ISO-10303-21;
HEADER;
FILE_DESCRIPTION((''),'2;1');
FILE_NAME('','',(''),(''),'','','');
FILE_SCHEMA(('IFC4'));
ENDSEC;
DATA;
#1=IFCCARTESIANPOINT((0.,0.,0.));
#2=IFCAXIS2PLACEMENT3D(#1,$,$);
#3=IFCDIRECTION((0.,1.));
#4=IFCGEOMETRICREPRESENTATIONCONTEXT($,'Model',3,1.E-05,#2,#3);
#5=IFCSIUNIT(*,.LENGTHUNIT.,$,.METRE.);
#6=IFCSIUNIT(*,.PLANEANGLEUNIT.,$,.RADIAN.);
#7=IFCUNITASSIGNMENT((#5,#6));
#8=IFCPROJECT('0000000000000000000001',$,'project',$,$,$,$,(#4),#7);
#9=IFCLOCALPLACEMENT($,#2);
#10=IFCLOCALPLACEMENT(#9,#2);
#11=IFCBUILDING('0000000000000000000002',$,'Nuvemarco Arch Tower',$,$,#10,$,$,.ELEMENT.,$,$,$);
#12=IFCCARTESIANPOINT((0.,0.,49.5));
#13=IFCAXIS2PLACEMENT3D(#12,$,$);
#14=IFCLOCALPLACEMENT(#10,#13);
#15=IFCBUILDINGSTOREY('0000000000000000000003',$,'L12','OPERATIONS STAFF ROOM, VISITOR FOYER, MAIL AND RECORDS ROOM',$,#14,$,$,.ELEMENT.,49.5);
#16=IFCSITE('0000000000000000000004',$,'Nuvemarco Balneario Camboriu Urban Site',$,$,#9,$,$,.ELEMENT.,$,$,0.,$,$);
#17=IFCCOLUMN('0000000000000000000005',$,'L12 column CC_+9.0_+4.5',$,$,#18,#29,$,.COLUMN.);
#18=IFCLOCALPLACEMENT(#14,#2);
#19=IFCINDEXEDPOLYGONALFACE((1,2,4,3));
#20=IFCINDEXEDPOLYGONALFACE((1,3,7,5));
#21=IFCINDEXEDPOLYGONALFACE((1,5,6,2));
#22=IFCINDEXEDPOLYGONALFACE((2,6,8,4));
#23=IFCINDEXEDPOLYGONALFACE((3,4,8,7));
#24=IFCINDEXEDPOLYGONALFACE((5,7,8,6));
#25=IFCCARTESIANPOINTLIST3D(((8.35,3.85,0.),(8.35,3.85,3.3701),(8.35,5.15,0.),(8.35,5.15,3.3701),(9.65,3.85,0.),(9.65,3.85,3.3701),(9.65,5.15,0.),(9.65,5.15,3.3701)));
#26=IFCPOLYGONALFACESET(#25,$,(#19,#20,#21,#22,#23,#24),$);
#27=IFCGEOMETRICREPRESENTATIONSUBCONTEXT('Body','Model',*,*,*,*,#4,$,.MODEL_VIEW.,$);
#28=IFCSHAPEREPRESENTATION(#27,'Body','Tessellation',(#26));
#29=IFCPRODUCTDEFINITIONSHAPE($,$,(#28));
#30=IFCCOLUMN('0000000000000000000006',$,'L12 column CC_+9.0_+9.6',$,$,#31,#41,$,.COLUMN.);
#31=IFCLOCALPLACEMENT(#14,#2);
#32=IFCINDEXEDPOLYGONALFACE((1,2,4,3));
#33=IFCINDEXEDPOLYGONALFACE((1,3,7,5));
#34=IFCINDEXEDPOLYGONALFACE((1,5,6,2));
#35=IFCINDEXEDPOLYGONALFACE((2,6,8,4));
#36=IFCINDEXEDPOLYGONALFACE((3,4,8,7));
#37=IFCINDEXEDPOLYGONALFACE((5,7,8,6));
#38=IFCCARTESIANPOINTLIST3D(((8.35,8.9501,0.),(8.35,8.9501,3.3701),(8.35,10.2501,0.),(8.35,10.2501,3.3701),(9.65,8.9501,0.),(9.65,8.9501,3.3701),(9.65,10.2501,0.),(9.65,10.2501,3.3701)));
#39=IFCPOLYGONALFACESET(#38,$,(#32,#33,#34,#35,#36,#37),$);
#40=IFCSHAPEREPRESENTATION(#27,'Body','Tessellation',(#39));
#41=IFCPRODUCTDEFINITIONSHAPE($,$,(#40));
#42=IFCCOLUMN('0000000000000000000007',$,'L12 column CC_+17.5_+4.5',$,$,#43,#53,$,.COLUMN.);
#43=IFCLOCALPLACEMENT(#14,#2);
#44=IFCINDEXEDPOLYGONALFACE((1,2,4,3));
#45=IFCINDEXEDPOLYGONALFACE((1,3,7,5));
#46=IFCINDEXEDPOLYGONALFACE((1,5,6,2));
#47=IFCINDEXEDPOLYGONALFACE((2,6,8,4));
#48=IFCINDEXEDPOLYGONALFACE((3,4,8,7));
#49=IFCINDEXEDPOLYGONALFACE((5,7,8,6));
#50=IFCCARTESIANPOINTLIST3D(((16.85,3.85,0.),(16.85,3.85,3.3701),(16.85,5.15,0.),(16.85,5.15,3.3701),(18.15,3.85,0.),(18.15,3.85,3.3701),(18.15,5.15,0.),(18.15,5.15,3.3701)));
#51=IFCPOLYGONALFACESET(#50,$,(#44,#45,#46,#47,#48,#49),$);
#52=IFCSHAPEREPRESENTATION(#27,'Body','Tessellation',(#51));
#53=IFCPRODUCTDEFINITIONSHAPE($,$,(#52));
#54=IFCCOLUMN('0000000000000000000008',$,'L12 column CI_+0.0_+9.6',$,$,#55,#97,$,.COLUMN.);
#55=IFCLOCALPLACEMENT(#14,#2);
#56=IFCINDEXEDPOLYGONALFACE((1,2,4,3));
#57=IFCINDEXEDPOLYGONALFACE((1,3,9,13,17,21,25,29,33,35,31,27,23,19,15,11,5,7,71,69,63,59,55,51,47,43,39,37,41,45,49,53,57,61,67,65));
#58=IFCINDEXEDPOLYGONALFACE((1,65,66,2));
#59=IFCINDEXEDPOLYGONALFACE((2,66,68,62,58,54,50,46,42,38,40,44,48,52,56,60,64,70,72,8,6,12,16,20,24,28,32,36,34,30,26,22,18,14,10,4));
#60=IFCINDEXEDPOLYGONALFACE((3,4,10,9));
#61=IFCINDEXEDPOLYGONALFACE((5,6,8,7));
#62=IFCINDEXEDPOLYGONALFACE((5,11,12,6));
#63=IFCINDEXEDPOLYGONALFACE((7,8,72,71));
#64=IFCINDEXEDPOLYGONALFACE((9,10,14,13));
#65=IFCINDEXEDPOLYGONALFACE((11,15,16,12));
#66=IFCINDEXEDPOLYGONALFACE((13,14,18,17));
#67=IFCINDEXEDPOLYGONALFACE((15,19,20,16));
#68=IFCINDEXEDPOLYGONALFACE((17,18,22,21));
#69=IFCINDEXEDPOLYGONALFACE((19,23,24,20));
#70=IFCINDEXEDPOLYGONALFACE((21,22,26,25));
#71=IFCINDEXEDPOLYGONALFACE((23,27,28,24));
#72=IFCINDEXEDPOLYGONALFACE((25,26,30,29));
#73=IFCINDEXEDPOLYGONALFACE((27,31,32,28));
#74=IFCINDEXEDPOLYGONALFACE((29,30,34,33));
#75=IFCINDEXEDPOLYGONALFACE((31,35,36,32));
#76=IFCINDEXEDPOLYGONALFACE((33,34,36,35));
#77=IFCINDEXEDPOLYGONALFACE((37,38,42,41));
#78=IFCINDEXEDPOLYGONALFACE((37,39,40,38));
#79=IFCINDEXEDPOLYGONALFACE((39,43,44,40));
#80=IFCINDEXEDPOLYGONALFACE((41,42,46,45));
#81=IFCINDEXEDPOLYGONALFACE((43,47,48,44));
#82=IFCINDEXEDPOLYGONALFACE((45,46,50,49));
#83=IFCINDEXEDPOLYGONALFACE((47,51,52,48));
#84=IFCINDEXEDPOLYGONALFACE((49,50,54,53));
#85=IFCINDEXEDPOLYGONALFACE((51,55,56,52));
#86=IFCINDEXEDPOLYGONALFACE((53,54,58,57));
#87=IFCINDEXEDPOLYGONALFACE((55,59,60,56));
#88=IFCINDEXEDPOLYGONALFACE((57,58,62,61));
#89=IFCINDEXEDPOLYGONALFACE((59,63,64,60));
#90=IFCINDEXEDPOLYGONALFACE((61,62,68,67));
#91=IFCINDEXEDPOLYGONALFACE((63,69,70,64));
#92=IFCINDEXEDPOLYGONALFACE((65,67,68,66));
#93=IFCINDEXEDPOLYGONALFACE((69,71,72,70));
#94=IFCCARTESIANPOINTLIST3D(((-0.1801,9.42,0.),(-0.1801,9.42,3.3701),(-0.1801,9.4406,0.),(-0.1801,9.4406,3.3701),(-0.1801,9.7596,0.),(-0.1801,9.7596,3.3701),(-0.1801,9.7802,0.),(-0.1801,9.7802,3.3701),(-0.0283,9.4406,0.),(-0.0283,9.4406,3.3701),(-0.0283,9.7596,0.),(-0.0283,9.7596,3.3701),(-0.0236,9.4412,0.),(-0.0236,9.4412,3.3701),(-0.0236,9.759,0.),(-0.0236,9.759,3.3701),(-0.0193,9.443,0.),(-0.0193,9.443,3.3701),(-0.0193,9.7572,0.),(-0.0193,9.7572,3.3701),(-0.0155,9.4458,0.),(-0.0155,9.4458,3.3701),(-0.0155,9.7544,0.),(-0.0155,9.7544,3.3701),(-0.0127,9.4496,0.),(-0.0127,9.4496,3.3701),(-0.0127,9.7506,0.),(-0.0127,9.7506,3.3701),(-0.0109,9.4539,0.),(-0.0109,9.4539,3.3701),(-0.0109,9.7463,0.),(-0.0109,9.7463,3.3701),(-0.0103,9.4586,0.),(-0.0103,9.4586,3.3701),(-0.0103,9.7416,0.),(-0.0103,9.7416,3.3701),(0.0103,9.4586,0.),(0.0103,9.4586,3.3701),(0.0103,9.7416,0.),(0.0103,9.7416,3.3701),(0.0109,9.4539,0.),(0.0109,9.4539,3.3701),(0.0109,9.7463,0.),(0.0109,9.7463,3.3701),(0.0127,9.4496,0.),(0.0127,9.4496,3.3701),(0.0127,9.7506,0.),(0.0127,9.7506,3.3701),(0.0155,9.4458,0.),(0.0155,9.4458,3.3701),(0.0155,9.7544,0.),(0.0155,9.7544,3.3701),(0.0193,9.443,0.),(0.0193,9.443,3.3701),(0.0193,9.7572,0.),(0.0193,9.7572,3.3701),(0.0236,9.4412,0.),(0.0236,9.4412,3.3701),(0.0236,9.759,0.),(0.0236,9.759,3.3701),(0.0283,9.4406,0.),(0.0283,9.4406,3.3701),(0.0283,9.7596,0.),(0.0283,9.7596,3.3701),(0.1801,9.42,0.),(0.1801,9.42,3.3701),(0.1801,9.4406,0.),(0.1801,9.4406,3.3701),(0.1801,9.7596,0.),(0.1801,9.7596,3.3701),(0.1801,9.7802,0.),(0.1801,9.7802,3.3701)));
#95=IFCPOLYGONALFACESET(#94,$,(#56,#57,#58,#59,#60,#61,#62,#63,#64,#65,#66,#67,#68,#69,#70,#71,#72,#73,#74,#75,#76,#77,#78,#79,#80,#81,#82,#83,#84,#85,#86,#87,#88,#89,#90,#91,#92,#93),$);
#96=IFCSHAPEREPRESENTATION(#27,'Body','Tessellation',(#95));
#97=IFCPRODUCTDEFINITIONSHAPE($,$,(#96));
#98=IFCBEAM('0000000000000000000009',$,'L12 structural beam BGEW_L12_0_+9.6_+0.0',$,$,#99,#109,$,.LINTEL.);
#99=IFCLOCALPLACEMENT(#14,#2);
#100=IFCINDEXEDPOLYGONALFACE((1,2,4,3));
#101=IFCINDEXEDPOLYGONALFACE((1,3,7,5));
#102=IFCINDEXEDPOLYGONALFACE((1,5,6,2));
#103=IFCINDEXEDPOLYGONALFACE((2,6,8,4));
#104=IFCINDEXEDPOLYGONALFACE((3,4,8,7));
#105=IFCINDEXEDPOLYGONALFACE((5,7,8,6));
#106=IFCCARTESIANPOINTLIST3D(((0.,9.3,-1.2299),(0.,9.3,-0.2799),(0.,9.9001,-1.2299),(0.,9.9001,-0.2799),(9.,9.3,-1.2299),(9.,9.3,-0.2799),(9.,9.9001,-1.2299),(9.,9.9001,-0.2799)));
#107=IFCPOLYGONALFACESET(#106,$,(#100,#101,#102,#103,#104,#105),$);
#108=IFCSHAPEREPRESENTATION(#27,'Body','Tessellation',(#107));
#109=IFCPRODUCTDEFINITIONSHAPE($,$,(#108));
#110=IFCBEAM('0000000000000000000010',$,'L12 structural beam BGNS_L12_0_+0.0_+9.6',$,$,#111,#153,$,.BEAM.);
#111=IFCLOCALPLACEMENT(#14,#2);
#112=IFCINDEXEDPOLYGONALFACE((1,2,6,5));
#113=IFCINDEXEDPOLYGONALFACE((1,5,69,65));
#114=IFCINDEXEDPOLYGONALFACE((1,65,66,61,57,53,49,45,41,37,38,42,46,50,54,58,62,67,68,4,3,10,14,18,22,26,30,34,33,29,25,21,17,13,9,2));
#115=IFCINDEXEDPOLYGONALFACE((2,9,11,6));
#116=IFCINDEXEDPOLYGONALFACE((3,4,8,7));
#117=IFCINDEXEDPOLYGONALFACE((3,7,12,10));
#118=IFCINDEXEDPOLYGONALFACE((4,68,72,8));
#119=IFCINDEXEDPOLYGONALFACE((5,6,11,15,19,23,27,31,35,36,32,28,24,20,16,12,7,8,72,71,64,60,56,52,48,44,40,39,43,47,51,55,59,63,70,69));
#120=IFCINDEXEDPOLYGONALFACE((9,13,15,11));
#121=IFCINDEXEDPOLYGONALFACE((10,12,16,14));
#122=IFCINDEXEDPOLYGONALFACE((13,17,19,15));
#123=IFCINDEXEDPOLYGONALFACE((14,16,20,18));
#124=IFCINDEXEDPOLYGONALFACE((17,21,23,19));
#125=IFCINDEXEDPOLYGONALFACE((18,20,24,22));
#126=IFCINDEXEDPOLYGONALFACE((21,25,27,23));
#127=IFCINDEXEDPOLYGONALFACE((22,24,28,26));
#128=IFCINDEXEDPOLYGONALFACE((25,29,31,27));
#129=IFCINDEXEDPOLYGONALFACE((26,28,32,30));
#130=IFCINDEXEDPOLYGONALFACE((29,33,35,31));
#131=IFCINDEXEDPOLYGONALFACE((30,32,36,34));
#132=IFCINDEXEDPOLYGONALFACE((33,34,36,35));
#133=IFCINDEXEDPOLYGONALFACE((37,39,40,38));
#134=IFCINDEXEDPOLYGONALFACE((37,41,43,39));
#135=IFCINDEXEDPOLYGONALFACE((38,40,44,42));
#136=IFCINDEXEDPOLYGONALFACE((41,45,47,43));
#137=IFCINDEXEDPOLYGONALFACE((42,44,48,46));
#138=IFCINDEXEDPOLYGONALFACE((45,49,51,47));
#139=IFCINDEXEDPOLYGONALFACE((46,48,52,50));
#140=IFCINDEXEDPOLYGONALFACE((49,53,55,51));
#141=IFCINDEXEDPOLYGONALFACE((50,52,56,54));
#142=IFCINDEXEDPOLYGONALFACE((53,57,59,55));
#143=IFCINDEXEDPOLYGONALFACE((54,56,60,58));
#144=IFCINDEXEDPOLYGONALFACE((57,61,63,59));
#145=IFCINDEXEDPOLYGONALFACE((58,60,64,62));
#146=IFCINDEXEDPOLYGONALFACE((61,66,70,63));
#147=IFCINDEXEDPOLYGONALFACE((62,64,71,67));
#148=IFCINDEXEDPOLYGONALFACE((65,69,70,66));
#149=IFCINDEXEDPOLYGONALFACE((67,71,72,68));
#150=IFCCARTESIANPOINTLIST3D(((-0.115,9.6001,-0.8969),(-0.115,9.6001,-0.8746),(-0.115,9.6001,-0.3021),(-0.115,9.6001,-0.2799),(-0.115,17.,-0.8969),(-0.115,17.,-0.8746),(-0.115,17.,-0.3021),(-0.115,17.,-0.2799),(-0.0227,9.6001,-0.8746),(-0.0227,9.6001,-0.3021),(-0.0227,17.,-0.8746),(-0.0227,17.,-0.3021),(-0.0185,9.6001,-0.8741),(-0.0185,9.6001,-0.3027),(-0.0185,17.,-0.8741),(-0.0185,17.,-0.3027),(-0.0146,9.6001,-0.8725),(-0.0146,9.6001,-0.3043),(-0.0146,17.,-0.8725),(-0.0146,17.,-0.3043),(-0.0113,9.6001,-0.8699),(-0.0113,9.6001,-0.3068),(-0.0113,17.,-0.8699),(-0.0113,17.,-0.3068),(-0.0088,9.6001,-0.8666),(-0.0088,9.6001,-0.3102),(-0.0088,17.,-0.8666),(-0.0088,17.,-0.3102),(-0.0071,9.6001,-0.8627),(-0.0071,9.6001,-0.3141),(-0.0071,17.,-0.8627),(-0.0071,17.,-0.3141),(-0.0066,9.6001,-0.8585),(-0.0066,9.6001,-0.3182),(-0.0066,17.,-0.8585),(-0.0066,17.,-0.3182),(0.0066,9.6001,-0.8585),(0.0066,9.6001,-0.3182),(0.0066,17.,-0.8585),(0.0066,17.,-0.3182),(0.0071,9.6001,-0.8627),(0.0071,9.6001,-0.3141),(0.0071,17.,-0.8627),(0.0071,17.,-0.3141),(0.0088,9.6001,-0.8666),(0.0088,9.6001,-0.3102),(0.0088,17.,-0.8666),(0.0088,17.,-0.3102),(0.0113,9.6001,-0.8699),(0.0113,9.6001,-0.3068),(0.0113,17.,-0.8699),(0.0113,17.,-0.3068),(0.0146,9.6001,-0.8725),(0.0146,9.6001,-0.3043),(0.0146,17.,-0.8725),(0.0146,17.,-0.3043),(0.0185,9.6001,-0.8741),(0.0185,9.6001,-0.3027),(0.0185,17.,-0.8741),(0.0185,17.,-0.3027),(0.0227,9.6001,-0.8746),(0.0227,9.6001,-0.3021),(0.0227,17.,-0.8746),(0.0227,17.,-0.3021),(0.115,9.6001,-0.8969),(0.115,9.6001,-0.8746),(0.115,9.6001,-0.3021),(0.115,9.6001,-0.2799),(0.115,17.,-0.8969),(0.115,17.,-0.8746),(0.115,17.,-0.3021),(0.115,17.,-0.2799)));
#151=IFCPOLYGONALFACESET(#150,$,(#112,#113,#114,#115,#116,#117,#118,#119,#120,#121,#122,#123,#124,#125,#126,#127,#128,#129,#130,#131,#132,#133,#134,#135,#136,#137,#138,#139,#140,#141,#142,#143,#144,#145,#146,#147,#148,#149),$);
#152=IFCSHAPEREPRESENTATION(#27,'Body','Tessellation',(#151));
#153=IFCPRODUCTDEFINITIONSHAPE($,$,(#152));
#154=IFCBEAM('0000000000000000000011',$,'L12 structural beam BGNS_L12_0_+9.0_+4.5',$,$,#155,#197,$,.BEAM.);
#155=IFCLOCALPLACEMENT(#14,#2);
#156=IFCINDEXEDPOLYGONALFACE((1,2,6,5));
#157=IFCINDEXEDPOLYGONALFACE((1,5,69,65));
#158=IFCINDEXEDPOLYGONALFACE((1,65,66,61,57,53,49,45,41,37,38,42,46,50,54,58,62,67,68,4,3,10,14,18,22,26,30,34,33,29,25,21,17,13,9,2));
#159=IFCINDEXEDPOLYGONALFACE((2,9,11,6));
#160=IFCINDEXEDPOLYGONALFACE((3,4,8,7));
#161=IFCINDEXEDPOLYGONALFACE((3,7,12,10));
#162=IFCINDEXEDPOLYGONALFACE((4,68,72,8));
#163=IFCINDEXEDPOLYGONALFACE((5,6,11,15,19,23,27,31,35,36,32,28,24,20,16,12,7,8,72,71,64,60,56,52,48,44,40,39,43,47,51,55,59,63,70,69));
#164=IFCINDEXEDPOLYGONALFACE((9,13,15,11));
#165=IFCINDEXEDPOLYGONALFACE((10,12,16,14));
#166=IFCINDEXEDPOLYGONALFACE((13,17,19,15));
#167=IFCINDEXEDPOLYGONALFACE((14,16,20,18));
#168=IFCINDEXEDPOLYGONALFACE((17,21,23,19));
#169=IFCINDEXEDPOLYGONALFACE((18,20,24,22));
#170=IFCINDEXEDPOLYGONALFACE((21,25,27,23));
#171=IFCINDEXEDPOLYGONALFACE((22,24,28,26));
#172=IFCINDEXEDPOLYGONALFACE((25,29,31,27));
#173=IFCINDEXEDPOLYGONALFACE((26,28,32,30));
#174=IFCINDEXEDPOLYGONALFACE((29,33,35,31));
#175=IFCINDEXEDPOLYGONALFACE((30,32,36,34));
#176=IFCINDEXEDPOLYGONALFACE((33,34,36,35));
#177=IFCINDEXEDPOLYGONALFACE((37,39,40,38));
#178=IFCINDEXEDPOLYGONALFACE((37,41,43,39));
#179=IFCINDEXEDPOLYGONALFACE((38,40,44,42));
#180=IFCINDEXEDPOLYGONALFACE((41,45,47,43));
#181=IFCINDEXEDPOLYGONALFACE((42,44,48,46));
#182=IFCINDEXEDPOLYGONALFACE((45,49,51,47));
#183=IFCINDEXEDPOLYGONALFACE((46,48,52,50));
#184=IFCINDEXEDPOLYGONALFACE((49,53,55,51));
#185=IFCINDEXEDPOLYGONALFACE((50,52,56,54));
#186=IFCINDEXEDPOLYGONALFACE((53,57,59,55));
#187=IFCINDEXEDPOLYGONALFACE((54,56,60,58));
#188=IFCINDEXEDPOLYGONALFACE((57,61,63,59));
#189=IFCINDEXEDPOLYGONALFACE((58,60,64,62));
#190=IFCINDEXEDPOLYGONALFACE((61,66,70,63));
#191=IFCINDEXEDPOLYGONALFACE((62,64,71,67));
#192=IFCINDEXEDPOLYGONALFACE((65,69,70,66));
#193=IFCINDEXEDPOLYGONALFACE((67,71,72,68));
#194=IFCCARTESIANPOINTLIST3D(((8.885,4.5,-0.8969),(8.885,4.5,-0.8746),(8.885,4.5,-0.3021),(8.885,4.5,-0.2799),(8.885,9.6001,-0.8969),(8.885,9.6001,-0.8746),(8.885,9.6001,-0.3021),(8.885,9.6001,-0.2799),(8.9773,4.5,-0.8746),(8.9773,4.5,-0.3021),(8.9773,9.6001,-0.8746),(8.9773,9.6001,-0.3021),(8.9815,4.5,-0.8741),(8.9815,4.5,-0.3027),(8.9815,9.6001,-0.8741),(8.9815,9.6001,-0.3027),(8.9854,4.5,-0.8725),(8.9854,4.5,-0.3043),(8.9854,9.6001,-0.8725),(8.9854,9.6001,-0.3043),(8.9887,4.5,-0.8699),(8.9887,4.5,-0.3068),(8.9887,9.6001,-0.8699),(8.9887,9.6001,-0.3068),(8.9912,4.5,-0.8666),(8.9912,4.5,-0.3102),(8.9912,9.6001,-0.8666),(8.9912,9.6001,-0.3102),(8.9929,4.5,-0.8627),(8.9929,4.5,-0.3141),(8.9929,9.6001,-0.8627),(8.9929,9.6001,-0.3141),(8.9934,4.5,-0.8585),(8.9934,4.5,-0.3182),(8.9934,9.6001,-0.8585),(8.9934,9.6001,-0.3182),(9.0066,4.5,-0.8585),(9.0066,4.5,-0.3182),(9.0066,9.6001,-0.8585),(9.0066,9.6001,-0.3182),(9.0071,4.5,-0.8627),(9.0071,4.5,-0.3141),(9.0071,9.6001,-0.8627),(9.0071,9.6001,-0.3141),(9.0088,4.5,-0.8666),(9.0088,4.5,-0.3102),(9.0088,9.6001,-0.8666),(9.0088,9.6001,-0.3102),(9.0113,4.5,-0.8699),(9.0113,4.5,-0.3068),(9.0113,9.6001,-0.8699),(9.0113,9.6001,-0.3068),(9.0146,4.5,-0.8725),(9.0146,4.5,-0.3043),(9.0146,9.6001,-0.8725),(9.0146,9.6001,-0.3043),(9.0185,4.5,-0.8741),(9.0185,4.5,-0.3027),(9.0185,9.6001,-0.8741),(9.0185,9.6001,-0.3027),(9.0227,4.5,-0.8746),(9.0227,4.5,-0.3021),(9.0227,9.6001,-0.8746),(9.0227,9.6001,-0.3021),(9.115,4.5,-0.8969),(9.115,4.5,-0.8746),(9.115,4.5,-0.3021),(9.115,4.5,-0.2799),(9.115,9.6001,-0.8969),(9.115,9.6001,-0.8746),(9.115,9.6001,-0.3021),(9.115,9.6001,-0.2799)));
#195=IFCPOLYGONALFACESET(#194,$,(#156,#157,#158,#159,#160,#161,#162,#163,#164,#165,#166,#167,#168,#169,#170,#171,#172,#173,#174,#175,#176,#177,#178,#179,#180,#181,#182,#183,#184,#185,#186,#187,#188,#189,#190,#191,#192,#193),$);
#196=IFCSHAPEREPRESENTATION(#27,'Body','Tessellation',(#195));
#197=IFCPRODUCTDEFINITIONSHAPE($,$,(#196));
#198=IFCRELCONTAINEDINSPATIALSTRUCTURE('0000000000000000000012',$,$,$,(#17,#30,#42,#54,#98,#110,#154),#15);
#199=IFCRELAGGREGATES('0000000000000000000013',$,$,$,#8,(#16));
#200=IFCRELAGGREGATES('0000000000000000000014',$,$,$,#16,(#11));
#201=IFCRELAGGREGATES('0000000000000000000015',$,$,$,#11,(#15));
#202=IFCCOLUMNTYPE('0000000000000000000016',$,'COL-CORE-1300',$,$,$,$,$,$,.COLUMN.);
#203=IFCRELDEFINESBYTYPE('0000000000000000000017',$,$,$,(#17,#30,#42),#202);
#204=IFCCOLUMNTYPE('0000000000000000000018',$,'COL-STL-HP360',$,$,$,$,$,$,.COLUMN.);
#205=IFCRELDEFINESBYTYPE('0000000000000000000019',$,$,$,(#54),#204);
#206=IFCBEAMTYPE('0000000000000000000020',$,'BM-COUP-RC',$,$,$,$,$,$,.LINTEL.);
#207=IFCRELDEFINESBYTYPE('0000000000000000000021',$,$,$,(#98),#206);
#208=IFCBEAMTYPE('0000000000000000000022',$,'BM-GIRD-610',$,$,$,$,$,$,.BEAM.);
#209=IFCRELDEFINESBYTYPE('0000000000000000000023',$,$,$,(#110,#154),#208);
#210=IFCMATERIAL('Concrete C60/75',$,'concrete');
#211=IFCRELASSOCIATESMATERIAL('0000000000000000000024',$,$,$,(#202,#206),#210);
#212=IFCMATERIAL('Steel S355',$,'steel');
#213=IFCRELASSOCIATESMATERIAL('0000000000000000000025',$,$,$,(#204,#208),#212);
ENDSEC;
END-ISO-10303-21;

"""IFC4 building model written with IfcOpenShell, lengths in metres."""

from ifc_helpers import new_model, si_unit, direction, frame, origin, origin_2d, place, context, subcontext, project, spatial, rectangle, i_section, extrude, material, material_profile, profile_set, type_object, element, save


model = new_model("IFC4")

# Units and contexts
model_context = context("Model", 3, precision=1e-05, world=origin(), true_north=direction((0.0, 1.0)))
body_context = subcontext(model_context, "Body", "Model", "MODEL_VIEW")
ifc_project = project(units=[si_unit("LENGTHUNIT", "METRE"), si_unit("PLANEANGLEUNIT", "RADIAN")], contexts=[model_context])

# Site, building, storey
site_placement = place(None, origin())
site = spatial("IfcSite", under=ifc_project, at=site_placement, Name="Nuvemarco Balneario Camboriu Urban Site", CompositionType="ELEMENT", RefElevation=0.0)
building_placement = place(site_placement, origin())
building = spatial("IfcBuilding", under=site, at=building_placement, Name="Nuvemarco Arch Tower", CompositionType="ELEMENT")
storey_placement = place(building_placement, frame((0.0, 0.0, 49.5)))
storey = spatial("IfcBuildingStorey", under=building, at=storey_placement, Name="L12", Description="OPERATIONS STAFF ROOM, VISITOR FOYER, MAIL AND RECORDS ROOM", CompositionType="ELEMENT", Elevation=49.5)

# Columns
ifc_material_1 = material(Name="Concrete C60/75", Category="concrete")
ifc_material_profile_1 = material_profile(ifc_material_1, rectangle(XDim=1.3, YDim=1.3, at=origin_2d()), Name="RC-COL-1300x1300")
ifc_profile_set_1 = profile_set([ifc_material_profile_1], Name="Concrete C60/75")
column_type_1 = type_object("IfcColumnType", Name="COL-CORE-1300", PredefinedType="COLUMN", material=ifc_profile_set_1)
for number, where, z_axis, x_axis, name in (
    (1, (9.0, 4.5, 0.0), (0.0, 0.0, 1.0), (1.0, 0.0, 0.0), "L12 column CC_+9.0_+4.5"),
    (2, (9.0, 9.6001, 0.0), (0.0, 0.0, 1.0), (1.0, 0.0, 0.0), "L12 column CC_+9.0_+9.6"),
    (3, (17.5, 4.5, 0.0), (0.0, 0.0, 1.0), (1.0, 0.0, 0.0), "L12 column CC_+17.5_+4.5"),
):
    element("IfcColumn", number, at=place(storey_placement, frame(where, z_axis=z_axis, x_axis=x_axis)), inside=storey, type_object=column_type_1, Name=name, PredefinedType="COLUMN", context=body_context, shape_type="SweptSolid", body=[
        extrude(rectangle(XDim=1.3, YDim=1.3, at=origin_2d()), origin(), (0.0, 0.0, 1.0), 3.3701),
    ])
ifc_material_2 = material(Name="Steel S355", Category="steel")
ifc_material_profile_2 = material_profile(ifc_material_2, i_section(OverallWidth=0.3601, OverallDepth=0.3601, WebThickness=0.0205, FlangeThickness=0.0205, FilletRadius=0.0181, at=origin_2d()), Name="HP360x174")
ifc_profile_set_2 = profile_set([ifc_material_profile_2], Name="Steel S355")
column_type_2 = type_object("IfcColumnType", Name="COL-STL-HP360", PredefinedType="COLUMN", material=ifc_profile_set_2)
column_placement = place(storey_placement, frame((0.0, 9.6001, 0.0), z_axis=(0.0, 0.0, 1.0), x_axis=(1.0, 0.0, 0.0)))
element("IfcColumn", 4, at=column_placement, inside=storey, type_object=column_type_2, Name="L12 column CI_+0.0_+9.6", PredefinedType="COLUMN", context=body_context, shape_type="SweptSolid", body=[
    extrude(i_section(OverallWidth=0.3601, OverallDepth=0.3601, WebThickness=0.0205, FlangeThickness=0.0205, FilletRadius=0.0181, at=origin_2d()), origin(), (0.0, 0.0, 1.0), 3.3701),
])

# Beams
ifc_material_profile_3 = material_profile(ifc_material_1, rectangle(XDim=0.6001, YDim=0.95, at=origin_2d()), Name="RC-BM-600x950")
ifc_profile_set_3 = profile_set([ifc_material_profile_3], Name="Concrete C60/75")
beam_type_1 = type_object("IfcBeamType", Name="BM-COUP-RC", PredefinedType="LINTEL", material=ifc_profile_set_3)
beam_1_placement = place(storey_placement, frame((0.0, 9.6001, -0.7549), z_axis=(1.0, 0.0, 0.0), x_axis=(0.0, 1.0, 0.0)))
element("IfcBeam", 5, at=beam_1_placement, inside=storey, type_object=beam_type_1, Name="L12 structural beam BGEW_L12_0_+9.6_+0.0", PredefinedType="LINTEL", context=body_context, shape_type="SweptSolid", body=[
    extrude(rectangle(XDim=0.6001, YDim=0.95, at=origin_2d()), origin(), (0.0, 0.0, 1.0), 9.0),
])
ifc_material_profile_4 = material_profile(ifc_material_2, i_section(OverallWidth=0.23, OverallDepth=0.6169, WebThickness=0.0132, FlangeThickness=0.0222, FilletRadius=0.0161, at=origin_2d()), Name="W610x140")
ifc_profile_set_4 = profile_set([ifc_material_profile_4], Name="Steel S355")
beam_type_2 = type_object("IfcBeamType", Name="BM-GIRD-610", PredefinedType="BEAM", material=ifc_profile_set_4)
beam_2_placement = place(storey_placement, frame((0.0, 9.6001, -0.5884), z_axis=(0.0, 1.0, 0.0), x_axis=(-1.0, 0.0, 0.0)))
element("IfcBeam", 6, at=beam_2_placement, inside=storey, type_object=beam_type_2, Name="L12 structural beam BGNS_L12_0_+0.0_+9.6", PredefinedType="BEAM", context=body_context, shape_type="SweptSolid", body=[
    extrude(i_section(OverallWidth=0.23, OverallDepth=0.6169, WebThickness=0.0132, FlangeThickness=0.0222, FilletRadius=0.0161, at=origin_2d()), origin(), (0.0, 0.0, 1.0), 7.3999),
])
beam_3_placement = place(storey_placement, frame((9.0, 4.5, -0.5884), z_axis=(0.0, 1.0, 0.0), x_axis=(-1.0, 0.0, 0.0)))
element("IfcBeam", 7, at=beam_3_placement, inside=storey, type_object=beam_type_2, Name="L12 structural beam BGNS_L12_0_+9.0_+4.5", PredefinedType="BEAM", context=body_context, shape_type="SweptSolid", body=[
    extrude(i_section(OverallWidth=0.23, OverallDepth=0.6169, WebThickness=0.0132, FlangeThickness=0.0222, FilletRadius=0.0161, at=origin_2d()), origin(), (0.0, 0.0, 1.0), 5.1001),
])

save(model, "model.ifc")
